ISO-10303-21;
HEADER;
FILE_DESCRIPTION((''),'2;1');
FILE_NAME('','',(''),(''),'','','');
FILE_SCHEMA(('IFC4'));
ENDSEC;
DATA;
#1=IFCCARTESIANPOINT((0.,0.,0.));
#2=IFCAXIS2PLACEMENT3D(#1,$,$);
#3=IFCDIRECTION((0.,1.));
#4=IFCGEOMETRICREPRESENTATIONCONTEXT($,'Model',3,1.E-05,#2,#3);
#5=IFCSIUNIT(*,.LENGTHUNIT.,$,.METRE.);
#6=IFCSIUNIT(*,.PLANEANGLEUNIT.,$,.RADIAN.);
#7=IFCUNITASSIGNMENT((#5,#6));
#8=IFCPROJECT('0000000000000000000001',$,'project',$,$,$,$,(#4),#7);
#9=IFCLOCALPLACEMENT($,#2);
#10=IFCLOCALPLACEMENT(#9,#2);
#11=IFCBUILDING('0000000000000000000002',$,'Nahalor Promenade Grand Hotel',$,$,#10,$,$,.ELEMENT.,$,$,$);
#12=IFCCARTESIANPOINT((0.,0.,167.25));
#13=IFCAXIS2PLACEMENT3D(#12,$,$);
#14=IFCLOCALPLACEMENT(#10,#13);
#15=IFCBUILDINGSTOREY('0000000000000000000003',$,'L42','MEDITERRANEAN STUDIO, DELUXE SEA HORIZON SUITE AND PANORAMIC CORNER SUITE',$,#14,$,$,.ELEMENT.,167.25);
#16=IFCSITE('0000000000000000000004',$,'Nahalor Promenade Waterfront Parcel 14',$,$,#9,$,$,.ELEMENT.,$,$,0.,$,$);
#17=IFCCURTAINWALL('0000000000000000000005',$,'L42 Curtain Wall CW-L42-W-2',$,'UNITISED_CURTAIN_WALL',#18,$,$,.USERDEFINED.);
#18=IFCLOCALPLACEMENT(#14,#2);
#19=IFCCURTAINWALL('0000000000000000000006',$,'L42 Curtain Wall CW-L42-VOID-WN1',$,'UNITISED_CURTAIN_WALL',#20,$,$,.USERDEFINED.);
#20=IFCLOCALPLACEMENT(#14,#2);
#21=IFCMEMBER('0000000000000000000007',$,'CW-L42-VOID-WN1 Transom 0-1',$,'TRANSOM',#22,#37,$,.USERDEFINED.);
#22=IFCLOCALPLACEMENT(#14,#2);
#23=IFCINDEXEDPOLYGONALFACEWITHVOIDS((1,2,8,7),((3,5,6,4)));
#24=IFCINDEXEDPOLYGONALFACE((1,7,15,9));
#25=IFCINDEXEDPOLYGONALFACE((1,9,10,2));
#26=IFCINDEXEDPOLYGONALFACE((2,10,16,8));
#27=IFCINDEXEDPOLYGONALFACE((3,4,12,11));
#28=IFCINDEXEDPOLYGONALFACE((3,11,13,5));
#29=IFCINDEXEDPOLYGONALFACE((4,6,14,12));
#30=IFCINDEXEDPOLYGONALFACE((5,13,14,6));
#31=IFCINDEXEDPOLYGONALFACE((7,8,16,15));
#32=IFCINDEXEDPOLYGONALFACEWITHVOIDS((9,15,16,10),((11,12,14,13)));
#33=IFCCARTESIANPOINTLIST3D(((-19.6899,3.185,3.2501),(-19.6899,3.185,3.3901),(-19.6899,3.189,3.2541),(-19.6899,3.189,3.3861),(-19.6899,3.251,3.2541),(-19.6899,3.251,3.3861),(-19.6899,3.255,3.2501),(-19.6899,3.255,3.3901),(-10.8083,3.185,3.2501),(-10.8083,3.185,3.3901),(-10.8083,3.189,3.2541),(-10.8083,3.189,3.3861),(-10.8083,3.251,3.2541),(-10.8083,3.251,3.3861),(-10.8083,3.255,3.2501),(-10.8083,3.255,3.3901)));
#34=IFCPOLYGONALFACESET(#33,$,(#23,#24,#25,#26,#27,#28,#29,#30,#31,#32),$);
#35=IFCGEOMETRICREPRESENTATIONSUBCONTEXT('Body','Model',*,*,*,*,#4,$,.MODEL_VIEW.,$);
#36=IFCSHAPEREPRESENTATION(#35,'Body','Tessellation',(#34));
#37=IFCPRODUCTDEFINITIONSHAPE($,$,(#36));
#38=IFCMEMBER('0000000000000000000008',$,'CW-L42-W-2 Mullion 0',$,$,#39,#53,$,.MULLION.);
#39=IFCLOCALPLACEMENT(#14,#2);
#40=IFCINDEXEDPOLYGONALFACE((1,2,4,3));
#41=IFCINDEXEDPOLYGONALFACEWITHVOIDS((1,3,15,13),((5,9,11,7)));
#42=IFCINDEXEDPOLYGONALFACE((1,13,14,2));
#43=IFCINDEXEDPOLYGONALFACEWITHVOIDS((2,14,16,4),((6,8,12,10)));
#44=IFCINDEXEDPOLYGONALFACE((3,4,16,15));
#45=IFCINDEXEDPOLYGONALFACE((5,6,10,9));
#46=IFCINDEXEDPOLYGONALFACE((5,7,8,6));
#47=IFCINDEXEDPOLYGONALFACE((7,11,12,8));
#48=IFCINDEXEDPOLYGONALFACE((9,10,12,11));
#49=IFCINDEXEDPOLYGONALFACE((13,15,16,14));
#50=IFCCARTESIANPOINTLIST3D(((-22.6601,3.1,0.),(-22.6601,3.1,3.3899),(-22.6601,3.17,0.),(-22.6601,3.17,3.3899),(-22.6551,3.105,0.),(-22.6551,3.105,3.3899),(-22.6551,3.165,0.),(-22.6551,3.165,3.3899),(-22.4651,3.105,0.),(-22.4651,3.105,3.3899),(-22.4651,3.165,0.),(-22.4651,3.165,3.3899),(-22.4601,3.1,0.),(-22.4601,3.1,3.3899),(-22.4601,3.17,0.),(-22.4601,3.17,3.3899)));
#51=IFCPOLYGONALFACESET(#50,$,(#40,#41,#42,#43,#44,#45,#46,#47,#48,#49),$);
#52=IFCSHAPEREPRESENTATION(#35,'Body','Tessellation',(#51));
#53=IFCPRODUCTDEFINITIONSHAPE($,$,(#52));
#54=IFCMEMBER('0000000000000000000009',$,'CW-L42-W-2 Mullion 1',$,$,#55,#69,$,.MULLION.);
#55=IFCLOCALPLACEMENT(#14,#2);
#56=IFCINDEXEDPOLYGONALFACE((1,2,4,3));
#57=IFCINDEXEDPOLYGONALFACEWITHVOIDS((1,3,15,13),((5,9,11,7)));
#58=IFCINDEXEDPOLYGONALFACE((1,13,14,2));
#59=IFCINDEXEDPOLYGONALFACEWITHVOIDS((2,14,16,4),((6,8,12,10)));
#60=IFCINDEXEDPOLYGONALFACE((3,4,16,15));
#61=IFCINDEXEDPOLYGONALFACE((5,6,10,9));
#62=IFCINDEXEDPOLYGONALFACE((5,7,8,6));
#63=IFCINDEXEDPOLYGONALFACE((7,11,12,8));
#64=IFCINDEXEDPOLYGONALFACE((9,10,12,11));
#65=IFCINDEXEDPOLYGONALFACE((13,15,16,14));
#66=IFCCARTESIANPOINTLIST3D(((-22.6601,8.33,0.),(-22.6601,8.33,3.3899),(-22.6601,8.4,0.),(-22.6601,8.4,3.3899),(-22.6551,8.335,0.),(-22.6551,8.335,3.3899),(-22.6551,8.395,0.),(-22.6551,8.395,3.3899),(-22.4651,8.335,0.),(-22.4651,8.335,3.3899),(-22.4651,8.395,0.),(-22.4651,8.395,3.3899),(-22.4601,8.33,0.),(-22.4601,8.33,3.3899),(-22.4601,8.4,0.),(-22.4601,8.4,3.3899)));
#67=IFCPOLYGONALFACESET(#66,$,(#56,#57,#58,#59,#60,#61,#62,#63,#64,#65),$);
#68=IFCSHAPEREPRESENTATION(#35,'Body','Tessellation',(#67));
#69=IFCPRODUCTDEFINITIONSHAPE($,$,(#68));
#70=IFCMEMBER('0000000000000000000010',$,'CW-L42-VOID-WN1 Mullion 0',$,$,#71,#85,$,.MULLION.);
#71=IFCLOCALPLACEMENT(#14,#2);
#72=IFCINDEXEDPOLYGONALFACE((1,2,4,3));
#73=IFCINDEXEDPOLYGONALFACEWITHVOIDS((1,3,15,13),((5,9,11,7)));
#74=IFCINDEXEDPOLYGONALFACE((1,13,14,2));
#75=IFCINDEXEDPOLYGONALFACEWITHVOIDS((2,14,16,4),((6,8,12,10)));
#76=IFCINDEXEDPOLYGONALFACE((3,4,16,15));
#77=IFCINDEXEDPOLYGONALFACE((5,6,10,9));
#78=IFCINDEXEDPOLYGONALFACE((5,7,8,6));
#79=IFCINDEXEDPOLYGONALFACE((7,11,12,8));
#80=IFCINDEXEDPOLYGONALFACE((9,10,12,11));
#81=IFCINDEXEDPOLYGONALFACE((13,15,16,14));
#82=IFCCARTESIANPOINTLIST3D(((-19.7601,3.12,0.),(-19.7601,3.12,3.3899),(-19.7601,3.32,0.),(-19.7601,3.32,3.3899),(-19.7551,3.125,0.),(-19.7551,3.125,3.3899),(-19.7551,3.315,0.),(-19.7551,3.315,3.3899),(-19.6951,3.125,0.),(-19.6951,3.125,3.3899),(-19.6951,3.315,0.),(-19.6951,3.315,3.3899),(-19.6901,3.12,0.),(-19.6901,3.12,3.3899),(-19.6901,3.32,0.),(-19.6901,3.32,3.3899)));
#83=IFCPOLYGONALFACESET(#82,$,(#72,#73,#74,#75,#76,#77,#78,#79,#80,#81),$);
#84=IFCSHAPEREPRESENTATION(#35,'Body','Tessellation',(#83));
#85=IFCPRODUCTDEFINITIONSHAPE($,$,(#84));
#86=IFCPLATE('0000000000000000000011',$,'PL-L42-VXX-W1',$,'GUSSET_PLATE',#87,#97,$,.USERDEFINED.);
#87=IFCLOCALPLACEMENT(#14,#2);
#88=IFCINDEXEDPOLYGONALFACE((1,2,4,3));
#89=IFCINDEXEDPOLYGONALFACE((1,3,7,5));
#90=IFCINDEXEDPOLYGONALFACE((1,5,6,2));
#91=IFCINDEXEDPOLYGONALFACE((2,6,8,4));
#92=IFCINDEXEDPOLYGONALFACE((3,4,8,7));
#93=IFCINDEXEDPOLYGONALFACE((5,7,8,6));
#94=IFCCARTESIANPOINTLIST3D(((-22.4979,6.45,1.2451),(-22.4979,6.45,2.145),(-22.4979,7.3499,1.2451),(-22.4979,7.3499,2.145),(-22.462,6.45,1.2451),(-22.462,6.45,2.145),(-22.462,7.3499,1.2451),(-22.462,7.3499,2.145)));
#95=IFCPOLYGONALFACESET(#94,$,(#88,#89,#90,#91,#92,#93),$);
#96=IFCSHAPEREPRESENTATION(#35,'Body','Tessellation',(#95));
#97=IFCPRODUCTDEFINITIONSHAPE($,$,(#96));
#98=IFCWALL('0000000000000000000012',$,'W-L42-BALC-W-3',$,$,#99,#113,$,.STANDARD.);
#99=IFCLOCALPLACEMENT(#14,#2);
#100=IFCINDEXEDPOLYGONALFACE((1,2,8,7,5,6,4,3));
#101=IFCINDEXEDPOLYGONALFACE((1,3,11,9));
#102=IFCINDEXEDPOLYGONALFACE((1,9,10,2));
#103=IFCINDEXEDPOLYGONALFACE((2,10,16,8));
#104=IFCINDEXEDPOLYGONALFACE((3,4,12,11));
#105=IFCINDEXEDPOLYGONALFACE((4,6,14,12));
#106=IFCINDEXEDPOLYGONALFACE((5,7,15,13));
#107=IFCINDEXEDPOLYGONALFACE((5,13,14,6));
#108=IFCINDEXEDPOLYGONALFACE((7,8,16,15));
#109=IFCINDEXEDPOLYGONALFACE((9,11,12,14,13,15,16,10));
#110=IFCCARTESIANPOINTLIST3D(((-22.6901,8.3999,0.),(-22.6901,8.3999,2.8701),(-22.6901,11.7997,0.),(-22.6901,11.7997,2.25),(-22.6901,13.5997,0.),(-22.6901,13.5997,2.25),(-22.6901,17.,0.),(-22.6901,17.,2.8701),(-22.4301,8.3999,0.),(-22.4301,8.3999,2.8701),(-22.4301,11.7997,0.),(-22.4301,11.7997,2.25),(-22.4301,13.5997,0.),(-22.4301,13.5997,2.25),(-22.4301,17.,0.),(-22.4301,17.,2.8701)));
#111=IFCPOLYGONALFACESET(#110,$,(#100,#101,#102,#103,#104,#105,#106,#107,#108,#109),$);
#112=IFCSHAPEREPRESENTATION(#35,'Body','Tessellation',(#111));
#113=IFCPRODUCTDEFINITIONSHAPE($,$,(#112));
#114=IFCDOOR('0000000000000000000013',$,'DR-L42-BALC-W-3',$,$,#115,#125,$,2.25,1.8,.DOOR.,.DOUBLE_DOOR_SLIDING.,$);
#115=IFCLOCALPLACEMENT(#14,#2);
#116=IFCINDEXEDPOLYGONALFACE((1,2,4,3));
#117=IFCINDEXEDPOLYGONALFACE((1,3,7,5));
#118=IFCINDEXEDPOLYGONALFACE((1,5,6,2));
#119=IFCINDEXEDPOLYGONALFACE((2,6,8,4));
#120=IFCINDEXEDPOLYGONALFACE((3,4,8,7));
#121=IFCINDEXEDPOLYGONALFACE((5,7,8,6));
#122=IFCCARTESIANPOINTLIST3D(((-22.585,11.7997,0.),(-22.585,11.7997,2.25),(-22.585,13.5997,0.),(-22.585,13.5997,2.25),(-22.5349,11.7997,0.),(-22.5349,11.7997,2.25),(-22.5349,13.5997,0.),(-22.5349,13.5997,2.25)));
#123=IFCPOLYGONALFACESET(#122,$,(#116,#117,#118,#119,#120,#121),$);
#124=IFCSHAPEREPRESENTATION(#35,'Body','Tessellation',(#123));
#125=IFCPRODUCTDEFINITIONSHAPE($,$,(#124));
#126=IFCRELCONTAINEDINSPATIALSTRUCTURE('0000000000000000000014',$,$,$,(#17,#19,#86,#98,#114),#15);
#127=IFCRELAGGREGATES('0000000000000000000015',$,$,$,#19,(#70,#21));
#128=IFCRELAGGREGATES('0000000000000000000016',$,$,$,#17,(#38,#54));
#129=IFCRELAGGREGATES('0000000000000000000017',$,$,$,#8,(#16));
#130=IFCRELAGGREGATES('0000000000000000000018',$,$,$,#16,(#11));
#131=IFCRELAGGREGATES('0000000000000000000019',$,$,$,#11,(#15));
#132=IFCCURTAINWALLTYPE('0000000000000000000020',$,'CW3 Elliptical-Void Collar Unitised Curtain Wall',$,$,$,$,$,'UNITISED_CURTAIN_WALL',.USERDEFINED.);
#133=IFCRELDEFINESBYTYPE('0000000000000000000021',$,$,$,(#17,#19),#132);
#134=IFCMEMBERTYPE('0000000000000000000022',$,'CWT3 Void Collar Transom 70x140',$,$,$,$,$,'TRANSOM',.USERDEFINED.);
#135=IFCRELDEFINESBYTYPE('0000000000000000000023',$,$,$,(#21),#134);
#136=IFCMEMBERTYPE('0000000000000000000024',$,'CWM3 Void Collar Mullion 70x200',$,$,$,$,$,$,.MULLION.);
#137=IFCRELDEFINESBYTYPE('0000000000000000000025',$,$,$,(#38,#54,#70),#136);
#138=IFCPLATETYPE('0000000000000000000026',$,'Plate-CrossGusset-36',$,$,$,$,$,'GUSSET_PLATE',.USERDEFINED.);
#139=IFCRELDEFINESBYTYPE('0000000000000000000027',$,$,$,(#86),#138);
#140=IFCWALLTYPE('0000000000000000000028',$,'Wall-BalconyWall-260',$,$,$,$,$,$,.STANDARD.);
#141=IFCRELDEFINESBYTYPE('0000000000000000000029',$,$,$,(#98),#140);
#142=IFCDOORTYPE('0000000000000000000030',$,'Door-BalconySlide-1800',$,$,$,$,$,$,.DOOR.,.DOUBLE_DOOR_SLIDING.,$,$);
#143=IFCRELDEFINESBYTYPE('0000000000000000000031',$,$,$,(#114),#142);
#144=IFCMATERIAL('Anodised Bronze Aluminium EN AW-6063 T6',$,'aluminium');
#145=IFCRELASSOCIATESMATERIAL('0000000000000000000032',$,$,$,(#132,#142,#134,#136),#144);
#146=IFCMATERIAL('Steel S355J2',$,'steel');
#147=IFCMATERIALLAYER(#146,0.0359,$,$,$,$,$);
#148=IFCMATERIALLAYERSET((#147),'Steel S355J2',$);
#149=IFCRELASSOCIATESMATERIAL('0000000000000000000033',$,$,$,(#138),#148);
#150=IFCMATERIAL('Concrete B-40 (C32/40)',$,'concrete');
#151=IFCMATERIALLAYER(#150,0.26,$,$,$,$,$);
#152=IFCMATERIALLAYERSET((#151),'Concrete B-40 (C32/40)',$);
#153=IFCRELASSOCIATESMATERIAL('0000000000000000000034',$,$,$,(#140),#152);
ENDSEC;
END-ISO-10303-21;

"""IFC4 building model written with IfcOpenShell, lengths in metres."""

from ifc_helpers import new_model, si_unit, direction, frame, frame_2d, origin, origin_2d, place, context, subcontext, project, spatial, rectangle, hollow_rectangle, extrude, source, transform, mapped, material, layer, layer_set, material_profile, profile_set, type_object, element, fill, aggregate, save


model = new_model("IFC4")

# Units and contexts
model_context = context("Model", 3, precision=1e-05, world=origin(), true_north=direction((0.0, 1.0)))
body_context = subcontext(model_context, "Body", "Model", "MODEL_VIEW")
ifc_project = project(units=[si_unit("LENGTHUNIT", "METRE"), si_unit("PLANEANGLEUNIT", "RADIAN")], contexts=[model_context])

# Site, building, storey
site_placement = place(None, origin())
site = spatial("IfcSite", under=ifc_project, at=site_placement, Name="Nahalor Promenade Waterfront Parcel 14", CompositionType="ELEMENT", RefElevation=0.0)
building_placement = place(site_placement, origin())
building = spatial("IfcBuilding", under=site, at=building_placement, Name="Nahalor Promenade Grand Hotel", CompositionType="ELEMENT")
storey_placement = place(building_placement, frame((0.0, 0.0, 167.25)))
storey = spatial("IfcBuildingStorey", under=building, at=storey_placement, Name="L42", Description="MEDITERRANEAN STUDIO, DELUXE SEA HORIZON SUITE AND PANORAMIC CORNER SUITE", CompositionType="ELEMENT", Elevation=167.25)

# Shared definitions
ifc_material_1 = material(Name="Steel S355J2", Category="steel")

# Curtain walls, member
ifc_material_2 = material(Name="Anodised Bronze Aluminium EN AW-6063 T6", Category="aluminium")
curtain_wall_type = type_object("IfcCurtainWallType", Name="CW3 Elliptical-Void Collar Unitised Curtain Wall", ElementType="UNITISED_CURTAIN_WALL", PredefinedType="USERDEFINED", material=ifc_material_2)
curtain_wall_1_placement = place(storey_placement, origin())
curtain_wall_1 = element("IfcCurtainWall", 1, at=curtain_wall_1_placement, inside=storey, type_object=curtain_wall_type, Name="L42 Curtain Wall CW-L42-W-2", ObjectType="UNITISED_CURTAIN_WALL", PredefinedType="USERDEFINED")
ifc_material_profile_1 = material_profile(ifc_material_2, hollow_rectangle(XDim=0.07, YDim=0.14, WallThickness=0.004, at=origin_2d()), Name="CWT 70x140x4")
ifc_profile_set_1 = profile_set([ifc_material_profile_1], Name="Anodised Bronze Aluminium EN AW-6063 T6")
member_type_1 = type_object("IfcMemberType", Name="CWT3 Void Collar Transom 70x140", ElementType="TRANSOM", PredefinedType="USERDEFINED", material=ifc_profile_set_1)
curtain_wall_2_placement = place(storey_placement, origin())
curtain_wall_2 = element("IfcCurtainWall", 2, at=curtain_wall_2_placement, inside=storey, type_object=curtain_wall_type, Name="L42 Curtain Wall CW-L42-VOID-WN1", ObjectType="UNITISED_CURTAIN_WALL", PredefinedType="USERDEFINED")
shared_shape_1 = source(origin(), body_context, "Body", "SweptSolid", [
    extrude(hollow_rectangle(XDim=0.07, YDim=0.14, WallThickness=0.004, at=origin_2d()), origin(), (0.0, 0.0, 1.0), 8.8816),
])
member_1_placement = place(storey_placement, frame((-19.6899, 3.22, 3.3201), z_axis=(1.0, 0.0, 0.0), x_axis=(0.0, 1.0, 0.0)))
member_1 = element("IfcMember", 3, at=member_1_placement, type_object=member_type_1, Name="CW-L42-VOID-WN1 Transom 0-1", ObjectType="TRANSOM", PredefinedType="USERDEFINED", context=body_context, shape_type="MappedRepresentation", body=[
    mapped(shared_shape_1, transform((0.0, 0.0, 0.0), scale=1.0)),
])

# Members
ifc_material_profile_2 = material_profile(ifc_material_2, hollow_rectangle(XDim=0.07, YDim=0.2, WallThickness=0.005, at=origin_2d()), Name="CWM 70x200x5")
ifc_profile_set_2 = profile_set([ifc_material_profile_2], Name="Anodised Bronze Aluminium EN AW-6063 T6")
member_type_2 = type_object("IfcMemberType", Name="CWM3 Void Collar Mullion 70x200", PredefinedType="MULLION", material=ifc_profile_set_2)
shared_shape_2 = source(origin(), body_context, "Body", "SweptSolid", [
    extrude(hollow_rectangle(XDim=0.07, YDim=0.2, WallThickness=0.005, at=origin_2d()), origin(), (0.0, 0.0, 1.0), 3.3899),
])
member_2_placement = place(storey_placement, frame((-22.5601, 3.135, 0.0), z_axis=(0.0, 0.0, 1.0), x_axis=(0.0, 1.0, 0.0)))
member_2 = element("IfcMember", 4, at=member_2_placement, type_object=member_type_2, Name="CW-L42-W-2 Mullion 0", PredefinedType="MULLION", context=body_context, shape_type="MappedRepresentation", body=[
    mapped(shared_shape_2, transform((0.0, 0.0, 0.0), scale=1.0)),
])
member_3_placement = place(storey_placement, frame((-22.5601, 8.365, 0.0), z_axis=(0.0, 0.0, 1.0), x_axis=(0.0, 1.0, 0.0)))
member_3 = element("IfcMember", 5, at=member_3_placement, type_object=member_type_2, Name="CW-L42-W-2 Mullion 1", PredefinedType="MULLION", context=body_context, shape_type="MappedRepresentation", body=[
    mapped(shared_shape_2, transform((0.0, 0.0, 0.0), scale=1.0)),
])
member_4_placement = place(storey_placement, frame((-19.7251, 3.22, 0.0), z_axis=(0.0, 0.0, 1.0), x_axis=(1.0, 0.0, 0.0)))
member_4 = element("IfcMember", 6, at=member_4_placement, type_object=member_type_2, Name="CW-L42-VOID-WN1 Mullion 0", PredefinedType="MULLION", context=body_context, shape_type="MappedRepresentation", body=[
    mapped(shared_shape_2, transform((0.0, 0.0, 0.0), scale=1.0)),
])
aggregate(curtain_wall_2, [member_4, member_1])

# Plate
aggregate(curtain_wall_1, [member_2, member_3])
ifc_layer_1 = layer(ifc_material_1, 0.0359)
ifc_layer_set_1 = layer_set([ifc_layer_1], Name="Steel S355J2")
plate_type_1 = type_object("IfcPlateType", Name="Plate-CrossGusset-36", ElementType="GUSSET_PLATE", PredefinedType="USERDEFINED", material=ifc_layer_set_1)
shared_shape_3 = source(origin(), body_context, "Body", "SweptSolid", [
    extrude(rectangle(XDim=0.8999, YDim=0.0359, at=origin_2d()), origin(), (0.0, 0.0, 1.0), 0.8999),
])
plate_1_placement = place(storey_placement, frame((-22.48, 6.8999, 1.2451), z_axis=(0.0, 0.0, 1.0), x_axis=(0.0, 1.0, 0.0)))
element("IfcPlate", 7, at=plate_1_placement, inside=storey, type_object=plate_type_1, Name="PL-L42-VXX-W1", ObjectType="GUSSET_PLATE", PredefinedType="USERDEFINED", context=body_context, shape_type="MappedRepresentation", body=[
    mapped(shared_shape_3, transform((0.0, 0.0, 0.0), scale=1.0)),
])

# Wall, opening, door
ifc_material_3 = material(Name="Concrete B-40 (C32/40)", Category="concrete")
ifc_layer_2 = layer(ifc_material_3, 0.26)
ifc_layer_set_2 = layer_set([ifc_layer_2], Name="Concrete B-40 (C32/40)")
wall_type_1 = type_object("IfcWallType", Name="Wall-BalconyWall-260", PredefinedType="STANDARD", material=ifc_layer_set_2)
shared_shape_4 = source(origin(), body_context, "Body", "SweptSolid", [
    extrude(rectangle(XDim=8.6001, YDim=0.26, at=frame_2d((4.3, 0.0))), origin(), (0.0, 0.0, 1.0), 2.8701),
])
wall_1_placement = place(storey_placement, frame((-22.5601, 8.3999, 0.0), z_axis=(0.0, 0.0, 1.0), x_axis=(0.0, 1.0, 0.0)))
wall_1 = element("IfcWall", 8, at=wall_1_placement, inside=storey, type_object=wall_type_1, Name="W-L42-BALC-W-3", PredefinedType="STANDARD", context=body_context, shape_type="MappedRepresentation", body=[
    mapped(shared_shape_4, transform((0.0, 0.0, 0.0), scale=1.0)),
])
opening_1_placement = place(wall_1_placement, frame((3.3999, 0.0, 0.0)))
opening_1 = element("IfcOpeningElement", 9, at=opening_1_placement, cuts=wall_1, PredefinedType="OPENING", context=body_context, shape_type="SweptSolid", body=[
    extrude(rectangle(XDim=1.8, YDim=2.25, at=frame_2d((0.8999, 1.125))), frame((0.0, 0.1399, 0.0), z_axis=(0.0, -1.0, 0.0), x_axis=(1.0, 0.0, 0.0)), (0.0, 0.0, 1.0), 0.28),
])
door_type_1 = type_object("IfcDoorType", Name="Door-BalconySlide-1800", OperationType="DOUBLE_DOOR_SLIDING", PredefinedType="DOOR", material=ifc_material_2)
shared_shape_5 = source(origin(), body_context, "Body", "SweptSolid", [
    extrude(rectangle(XDim=1.8, YDim=2.25, at=frame_2d((0.8999, 1.125))), frame((0.0, 0.0249, 0.0), z_axis=(0.0, -1.0, 0.0), x_axis=(1.0, 0.0, 0.0)), (0.0, 0.0, 1.0), 0.05),
])
door_1_placement = place(opening_1_placement, origin())
door_1 = element("IfcDoor", 10, at=door_1_placement, inside=storey, type_object=door_type_1, Name="DR-L42-BALC-W-3", OperationType="DOUBLE_DOOR_SLIDING", OverallHeight=2.25, OverallWidth=1.8, PredefinedType="DOOR", context=body_context, shape_type="MappedRepresentation", body=[
    mapped(shared_shape_5, transform((0.0, 0.0, 0.0), scale=1.0)),
])
fill(opening_1, door_1)

save(model, "model.ifc")
